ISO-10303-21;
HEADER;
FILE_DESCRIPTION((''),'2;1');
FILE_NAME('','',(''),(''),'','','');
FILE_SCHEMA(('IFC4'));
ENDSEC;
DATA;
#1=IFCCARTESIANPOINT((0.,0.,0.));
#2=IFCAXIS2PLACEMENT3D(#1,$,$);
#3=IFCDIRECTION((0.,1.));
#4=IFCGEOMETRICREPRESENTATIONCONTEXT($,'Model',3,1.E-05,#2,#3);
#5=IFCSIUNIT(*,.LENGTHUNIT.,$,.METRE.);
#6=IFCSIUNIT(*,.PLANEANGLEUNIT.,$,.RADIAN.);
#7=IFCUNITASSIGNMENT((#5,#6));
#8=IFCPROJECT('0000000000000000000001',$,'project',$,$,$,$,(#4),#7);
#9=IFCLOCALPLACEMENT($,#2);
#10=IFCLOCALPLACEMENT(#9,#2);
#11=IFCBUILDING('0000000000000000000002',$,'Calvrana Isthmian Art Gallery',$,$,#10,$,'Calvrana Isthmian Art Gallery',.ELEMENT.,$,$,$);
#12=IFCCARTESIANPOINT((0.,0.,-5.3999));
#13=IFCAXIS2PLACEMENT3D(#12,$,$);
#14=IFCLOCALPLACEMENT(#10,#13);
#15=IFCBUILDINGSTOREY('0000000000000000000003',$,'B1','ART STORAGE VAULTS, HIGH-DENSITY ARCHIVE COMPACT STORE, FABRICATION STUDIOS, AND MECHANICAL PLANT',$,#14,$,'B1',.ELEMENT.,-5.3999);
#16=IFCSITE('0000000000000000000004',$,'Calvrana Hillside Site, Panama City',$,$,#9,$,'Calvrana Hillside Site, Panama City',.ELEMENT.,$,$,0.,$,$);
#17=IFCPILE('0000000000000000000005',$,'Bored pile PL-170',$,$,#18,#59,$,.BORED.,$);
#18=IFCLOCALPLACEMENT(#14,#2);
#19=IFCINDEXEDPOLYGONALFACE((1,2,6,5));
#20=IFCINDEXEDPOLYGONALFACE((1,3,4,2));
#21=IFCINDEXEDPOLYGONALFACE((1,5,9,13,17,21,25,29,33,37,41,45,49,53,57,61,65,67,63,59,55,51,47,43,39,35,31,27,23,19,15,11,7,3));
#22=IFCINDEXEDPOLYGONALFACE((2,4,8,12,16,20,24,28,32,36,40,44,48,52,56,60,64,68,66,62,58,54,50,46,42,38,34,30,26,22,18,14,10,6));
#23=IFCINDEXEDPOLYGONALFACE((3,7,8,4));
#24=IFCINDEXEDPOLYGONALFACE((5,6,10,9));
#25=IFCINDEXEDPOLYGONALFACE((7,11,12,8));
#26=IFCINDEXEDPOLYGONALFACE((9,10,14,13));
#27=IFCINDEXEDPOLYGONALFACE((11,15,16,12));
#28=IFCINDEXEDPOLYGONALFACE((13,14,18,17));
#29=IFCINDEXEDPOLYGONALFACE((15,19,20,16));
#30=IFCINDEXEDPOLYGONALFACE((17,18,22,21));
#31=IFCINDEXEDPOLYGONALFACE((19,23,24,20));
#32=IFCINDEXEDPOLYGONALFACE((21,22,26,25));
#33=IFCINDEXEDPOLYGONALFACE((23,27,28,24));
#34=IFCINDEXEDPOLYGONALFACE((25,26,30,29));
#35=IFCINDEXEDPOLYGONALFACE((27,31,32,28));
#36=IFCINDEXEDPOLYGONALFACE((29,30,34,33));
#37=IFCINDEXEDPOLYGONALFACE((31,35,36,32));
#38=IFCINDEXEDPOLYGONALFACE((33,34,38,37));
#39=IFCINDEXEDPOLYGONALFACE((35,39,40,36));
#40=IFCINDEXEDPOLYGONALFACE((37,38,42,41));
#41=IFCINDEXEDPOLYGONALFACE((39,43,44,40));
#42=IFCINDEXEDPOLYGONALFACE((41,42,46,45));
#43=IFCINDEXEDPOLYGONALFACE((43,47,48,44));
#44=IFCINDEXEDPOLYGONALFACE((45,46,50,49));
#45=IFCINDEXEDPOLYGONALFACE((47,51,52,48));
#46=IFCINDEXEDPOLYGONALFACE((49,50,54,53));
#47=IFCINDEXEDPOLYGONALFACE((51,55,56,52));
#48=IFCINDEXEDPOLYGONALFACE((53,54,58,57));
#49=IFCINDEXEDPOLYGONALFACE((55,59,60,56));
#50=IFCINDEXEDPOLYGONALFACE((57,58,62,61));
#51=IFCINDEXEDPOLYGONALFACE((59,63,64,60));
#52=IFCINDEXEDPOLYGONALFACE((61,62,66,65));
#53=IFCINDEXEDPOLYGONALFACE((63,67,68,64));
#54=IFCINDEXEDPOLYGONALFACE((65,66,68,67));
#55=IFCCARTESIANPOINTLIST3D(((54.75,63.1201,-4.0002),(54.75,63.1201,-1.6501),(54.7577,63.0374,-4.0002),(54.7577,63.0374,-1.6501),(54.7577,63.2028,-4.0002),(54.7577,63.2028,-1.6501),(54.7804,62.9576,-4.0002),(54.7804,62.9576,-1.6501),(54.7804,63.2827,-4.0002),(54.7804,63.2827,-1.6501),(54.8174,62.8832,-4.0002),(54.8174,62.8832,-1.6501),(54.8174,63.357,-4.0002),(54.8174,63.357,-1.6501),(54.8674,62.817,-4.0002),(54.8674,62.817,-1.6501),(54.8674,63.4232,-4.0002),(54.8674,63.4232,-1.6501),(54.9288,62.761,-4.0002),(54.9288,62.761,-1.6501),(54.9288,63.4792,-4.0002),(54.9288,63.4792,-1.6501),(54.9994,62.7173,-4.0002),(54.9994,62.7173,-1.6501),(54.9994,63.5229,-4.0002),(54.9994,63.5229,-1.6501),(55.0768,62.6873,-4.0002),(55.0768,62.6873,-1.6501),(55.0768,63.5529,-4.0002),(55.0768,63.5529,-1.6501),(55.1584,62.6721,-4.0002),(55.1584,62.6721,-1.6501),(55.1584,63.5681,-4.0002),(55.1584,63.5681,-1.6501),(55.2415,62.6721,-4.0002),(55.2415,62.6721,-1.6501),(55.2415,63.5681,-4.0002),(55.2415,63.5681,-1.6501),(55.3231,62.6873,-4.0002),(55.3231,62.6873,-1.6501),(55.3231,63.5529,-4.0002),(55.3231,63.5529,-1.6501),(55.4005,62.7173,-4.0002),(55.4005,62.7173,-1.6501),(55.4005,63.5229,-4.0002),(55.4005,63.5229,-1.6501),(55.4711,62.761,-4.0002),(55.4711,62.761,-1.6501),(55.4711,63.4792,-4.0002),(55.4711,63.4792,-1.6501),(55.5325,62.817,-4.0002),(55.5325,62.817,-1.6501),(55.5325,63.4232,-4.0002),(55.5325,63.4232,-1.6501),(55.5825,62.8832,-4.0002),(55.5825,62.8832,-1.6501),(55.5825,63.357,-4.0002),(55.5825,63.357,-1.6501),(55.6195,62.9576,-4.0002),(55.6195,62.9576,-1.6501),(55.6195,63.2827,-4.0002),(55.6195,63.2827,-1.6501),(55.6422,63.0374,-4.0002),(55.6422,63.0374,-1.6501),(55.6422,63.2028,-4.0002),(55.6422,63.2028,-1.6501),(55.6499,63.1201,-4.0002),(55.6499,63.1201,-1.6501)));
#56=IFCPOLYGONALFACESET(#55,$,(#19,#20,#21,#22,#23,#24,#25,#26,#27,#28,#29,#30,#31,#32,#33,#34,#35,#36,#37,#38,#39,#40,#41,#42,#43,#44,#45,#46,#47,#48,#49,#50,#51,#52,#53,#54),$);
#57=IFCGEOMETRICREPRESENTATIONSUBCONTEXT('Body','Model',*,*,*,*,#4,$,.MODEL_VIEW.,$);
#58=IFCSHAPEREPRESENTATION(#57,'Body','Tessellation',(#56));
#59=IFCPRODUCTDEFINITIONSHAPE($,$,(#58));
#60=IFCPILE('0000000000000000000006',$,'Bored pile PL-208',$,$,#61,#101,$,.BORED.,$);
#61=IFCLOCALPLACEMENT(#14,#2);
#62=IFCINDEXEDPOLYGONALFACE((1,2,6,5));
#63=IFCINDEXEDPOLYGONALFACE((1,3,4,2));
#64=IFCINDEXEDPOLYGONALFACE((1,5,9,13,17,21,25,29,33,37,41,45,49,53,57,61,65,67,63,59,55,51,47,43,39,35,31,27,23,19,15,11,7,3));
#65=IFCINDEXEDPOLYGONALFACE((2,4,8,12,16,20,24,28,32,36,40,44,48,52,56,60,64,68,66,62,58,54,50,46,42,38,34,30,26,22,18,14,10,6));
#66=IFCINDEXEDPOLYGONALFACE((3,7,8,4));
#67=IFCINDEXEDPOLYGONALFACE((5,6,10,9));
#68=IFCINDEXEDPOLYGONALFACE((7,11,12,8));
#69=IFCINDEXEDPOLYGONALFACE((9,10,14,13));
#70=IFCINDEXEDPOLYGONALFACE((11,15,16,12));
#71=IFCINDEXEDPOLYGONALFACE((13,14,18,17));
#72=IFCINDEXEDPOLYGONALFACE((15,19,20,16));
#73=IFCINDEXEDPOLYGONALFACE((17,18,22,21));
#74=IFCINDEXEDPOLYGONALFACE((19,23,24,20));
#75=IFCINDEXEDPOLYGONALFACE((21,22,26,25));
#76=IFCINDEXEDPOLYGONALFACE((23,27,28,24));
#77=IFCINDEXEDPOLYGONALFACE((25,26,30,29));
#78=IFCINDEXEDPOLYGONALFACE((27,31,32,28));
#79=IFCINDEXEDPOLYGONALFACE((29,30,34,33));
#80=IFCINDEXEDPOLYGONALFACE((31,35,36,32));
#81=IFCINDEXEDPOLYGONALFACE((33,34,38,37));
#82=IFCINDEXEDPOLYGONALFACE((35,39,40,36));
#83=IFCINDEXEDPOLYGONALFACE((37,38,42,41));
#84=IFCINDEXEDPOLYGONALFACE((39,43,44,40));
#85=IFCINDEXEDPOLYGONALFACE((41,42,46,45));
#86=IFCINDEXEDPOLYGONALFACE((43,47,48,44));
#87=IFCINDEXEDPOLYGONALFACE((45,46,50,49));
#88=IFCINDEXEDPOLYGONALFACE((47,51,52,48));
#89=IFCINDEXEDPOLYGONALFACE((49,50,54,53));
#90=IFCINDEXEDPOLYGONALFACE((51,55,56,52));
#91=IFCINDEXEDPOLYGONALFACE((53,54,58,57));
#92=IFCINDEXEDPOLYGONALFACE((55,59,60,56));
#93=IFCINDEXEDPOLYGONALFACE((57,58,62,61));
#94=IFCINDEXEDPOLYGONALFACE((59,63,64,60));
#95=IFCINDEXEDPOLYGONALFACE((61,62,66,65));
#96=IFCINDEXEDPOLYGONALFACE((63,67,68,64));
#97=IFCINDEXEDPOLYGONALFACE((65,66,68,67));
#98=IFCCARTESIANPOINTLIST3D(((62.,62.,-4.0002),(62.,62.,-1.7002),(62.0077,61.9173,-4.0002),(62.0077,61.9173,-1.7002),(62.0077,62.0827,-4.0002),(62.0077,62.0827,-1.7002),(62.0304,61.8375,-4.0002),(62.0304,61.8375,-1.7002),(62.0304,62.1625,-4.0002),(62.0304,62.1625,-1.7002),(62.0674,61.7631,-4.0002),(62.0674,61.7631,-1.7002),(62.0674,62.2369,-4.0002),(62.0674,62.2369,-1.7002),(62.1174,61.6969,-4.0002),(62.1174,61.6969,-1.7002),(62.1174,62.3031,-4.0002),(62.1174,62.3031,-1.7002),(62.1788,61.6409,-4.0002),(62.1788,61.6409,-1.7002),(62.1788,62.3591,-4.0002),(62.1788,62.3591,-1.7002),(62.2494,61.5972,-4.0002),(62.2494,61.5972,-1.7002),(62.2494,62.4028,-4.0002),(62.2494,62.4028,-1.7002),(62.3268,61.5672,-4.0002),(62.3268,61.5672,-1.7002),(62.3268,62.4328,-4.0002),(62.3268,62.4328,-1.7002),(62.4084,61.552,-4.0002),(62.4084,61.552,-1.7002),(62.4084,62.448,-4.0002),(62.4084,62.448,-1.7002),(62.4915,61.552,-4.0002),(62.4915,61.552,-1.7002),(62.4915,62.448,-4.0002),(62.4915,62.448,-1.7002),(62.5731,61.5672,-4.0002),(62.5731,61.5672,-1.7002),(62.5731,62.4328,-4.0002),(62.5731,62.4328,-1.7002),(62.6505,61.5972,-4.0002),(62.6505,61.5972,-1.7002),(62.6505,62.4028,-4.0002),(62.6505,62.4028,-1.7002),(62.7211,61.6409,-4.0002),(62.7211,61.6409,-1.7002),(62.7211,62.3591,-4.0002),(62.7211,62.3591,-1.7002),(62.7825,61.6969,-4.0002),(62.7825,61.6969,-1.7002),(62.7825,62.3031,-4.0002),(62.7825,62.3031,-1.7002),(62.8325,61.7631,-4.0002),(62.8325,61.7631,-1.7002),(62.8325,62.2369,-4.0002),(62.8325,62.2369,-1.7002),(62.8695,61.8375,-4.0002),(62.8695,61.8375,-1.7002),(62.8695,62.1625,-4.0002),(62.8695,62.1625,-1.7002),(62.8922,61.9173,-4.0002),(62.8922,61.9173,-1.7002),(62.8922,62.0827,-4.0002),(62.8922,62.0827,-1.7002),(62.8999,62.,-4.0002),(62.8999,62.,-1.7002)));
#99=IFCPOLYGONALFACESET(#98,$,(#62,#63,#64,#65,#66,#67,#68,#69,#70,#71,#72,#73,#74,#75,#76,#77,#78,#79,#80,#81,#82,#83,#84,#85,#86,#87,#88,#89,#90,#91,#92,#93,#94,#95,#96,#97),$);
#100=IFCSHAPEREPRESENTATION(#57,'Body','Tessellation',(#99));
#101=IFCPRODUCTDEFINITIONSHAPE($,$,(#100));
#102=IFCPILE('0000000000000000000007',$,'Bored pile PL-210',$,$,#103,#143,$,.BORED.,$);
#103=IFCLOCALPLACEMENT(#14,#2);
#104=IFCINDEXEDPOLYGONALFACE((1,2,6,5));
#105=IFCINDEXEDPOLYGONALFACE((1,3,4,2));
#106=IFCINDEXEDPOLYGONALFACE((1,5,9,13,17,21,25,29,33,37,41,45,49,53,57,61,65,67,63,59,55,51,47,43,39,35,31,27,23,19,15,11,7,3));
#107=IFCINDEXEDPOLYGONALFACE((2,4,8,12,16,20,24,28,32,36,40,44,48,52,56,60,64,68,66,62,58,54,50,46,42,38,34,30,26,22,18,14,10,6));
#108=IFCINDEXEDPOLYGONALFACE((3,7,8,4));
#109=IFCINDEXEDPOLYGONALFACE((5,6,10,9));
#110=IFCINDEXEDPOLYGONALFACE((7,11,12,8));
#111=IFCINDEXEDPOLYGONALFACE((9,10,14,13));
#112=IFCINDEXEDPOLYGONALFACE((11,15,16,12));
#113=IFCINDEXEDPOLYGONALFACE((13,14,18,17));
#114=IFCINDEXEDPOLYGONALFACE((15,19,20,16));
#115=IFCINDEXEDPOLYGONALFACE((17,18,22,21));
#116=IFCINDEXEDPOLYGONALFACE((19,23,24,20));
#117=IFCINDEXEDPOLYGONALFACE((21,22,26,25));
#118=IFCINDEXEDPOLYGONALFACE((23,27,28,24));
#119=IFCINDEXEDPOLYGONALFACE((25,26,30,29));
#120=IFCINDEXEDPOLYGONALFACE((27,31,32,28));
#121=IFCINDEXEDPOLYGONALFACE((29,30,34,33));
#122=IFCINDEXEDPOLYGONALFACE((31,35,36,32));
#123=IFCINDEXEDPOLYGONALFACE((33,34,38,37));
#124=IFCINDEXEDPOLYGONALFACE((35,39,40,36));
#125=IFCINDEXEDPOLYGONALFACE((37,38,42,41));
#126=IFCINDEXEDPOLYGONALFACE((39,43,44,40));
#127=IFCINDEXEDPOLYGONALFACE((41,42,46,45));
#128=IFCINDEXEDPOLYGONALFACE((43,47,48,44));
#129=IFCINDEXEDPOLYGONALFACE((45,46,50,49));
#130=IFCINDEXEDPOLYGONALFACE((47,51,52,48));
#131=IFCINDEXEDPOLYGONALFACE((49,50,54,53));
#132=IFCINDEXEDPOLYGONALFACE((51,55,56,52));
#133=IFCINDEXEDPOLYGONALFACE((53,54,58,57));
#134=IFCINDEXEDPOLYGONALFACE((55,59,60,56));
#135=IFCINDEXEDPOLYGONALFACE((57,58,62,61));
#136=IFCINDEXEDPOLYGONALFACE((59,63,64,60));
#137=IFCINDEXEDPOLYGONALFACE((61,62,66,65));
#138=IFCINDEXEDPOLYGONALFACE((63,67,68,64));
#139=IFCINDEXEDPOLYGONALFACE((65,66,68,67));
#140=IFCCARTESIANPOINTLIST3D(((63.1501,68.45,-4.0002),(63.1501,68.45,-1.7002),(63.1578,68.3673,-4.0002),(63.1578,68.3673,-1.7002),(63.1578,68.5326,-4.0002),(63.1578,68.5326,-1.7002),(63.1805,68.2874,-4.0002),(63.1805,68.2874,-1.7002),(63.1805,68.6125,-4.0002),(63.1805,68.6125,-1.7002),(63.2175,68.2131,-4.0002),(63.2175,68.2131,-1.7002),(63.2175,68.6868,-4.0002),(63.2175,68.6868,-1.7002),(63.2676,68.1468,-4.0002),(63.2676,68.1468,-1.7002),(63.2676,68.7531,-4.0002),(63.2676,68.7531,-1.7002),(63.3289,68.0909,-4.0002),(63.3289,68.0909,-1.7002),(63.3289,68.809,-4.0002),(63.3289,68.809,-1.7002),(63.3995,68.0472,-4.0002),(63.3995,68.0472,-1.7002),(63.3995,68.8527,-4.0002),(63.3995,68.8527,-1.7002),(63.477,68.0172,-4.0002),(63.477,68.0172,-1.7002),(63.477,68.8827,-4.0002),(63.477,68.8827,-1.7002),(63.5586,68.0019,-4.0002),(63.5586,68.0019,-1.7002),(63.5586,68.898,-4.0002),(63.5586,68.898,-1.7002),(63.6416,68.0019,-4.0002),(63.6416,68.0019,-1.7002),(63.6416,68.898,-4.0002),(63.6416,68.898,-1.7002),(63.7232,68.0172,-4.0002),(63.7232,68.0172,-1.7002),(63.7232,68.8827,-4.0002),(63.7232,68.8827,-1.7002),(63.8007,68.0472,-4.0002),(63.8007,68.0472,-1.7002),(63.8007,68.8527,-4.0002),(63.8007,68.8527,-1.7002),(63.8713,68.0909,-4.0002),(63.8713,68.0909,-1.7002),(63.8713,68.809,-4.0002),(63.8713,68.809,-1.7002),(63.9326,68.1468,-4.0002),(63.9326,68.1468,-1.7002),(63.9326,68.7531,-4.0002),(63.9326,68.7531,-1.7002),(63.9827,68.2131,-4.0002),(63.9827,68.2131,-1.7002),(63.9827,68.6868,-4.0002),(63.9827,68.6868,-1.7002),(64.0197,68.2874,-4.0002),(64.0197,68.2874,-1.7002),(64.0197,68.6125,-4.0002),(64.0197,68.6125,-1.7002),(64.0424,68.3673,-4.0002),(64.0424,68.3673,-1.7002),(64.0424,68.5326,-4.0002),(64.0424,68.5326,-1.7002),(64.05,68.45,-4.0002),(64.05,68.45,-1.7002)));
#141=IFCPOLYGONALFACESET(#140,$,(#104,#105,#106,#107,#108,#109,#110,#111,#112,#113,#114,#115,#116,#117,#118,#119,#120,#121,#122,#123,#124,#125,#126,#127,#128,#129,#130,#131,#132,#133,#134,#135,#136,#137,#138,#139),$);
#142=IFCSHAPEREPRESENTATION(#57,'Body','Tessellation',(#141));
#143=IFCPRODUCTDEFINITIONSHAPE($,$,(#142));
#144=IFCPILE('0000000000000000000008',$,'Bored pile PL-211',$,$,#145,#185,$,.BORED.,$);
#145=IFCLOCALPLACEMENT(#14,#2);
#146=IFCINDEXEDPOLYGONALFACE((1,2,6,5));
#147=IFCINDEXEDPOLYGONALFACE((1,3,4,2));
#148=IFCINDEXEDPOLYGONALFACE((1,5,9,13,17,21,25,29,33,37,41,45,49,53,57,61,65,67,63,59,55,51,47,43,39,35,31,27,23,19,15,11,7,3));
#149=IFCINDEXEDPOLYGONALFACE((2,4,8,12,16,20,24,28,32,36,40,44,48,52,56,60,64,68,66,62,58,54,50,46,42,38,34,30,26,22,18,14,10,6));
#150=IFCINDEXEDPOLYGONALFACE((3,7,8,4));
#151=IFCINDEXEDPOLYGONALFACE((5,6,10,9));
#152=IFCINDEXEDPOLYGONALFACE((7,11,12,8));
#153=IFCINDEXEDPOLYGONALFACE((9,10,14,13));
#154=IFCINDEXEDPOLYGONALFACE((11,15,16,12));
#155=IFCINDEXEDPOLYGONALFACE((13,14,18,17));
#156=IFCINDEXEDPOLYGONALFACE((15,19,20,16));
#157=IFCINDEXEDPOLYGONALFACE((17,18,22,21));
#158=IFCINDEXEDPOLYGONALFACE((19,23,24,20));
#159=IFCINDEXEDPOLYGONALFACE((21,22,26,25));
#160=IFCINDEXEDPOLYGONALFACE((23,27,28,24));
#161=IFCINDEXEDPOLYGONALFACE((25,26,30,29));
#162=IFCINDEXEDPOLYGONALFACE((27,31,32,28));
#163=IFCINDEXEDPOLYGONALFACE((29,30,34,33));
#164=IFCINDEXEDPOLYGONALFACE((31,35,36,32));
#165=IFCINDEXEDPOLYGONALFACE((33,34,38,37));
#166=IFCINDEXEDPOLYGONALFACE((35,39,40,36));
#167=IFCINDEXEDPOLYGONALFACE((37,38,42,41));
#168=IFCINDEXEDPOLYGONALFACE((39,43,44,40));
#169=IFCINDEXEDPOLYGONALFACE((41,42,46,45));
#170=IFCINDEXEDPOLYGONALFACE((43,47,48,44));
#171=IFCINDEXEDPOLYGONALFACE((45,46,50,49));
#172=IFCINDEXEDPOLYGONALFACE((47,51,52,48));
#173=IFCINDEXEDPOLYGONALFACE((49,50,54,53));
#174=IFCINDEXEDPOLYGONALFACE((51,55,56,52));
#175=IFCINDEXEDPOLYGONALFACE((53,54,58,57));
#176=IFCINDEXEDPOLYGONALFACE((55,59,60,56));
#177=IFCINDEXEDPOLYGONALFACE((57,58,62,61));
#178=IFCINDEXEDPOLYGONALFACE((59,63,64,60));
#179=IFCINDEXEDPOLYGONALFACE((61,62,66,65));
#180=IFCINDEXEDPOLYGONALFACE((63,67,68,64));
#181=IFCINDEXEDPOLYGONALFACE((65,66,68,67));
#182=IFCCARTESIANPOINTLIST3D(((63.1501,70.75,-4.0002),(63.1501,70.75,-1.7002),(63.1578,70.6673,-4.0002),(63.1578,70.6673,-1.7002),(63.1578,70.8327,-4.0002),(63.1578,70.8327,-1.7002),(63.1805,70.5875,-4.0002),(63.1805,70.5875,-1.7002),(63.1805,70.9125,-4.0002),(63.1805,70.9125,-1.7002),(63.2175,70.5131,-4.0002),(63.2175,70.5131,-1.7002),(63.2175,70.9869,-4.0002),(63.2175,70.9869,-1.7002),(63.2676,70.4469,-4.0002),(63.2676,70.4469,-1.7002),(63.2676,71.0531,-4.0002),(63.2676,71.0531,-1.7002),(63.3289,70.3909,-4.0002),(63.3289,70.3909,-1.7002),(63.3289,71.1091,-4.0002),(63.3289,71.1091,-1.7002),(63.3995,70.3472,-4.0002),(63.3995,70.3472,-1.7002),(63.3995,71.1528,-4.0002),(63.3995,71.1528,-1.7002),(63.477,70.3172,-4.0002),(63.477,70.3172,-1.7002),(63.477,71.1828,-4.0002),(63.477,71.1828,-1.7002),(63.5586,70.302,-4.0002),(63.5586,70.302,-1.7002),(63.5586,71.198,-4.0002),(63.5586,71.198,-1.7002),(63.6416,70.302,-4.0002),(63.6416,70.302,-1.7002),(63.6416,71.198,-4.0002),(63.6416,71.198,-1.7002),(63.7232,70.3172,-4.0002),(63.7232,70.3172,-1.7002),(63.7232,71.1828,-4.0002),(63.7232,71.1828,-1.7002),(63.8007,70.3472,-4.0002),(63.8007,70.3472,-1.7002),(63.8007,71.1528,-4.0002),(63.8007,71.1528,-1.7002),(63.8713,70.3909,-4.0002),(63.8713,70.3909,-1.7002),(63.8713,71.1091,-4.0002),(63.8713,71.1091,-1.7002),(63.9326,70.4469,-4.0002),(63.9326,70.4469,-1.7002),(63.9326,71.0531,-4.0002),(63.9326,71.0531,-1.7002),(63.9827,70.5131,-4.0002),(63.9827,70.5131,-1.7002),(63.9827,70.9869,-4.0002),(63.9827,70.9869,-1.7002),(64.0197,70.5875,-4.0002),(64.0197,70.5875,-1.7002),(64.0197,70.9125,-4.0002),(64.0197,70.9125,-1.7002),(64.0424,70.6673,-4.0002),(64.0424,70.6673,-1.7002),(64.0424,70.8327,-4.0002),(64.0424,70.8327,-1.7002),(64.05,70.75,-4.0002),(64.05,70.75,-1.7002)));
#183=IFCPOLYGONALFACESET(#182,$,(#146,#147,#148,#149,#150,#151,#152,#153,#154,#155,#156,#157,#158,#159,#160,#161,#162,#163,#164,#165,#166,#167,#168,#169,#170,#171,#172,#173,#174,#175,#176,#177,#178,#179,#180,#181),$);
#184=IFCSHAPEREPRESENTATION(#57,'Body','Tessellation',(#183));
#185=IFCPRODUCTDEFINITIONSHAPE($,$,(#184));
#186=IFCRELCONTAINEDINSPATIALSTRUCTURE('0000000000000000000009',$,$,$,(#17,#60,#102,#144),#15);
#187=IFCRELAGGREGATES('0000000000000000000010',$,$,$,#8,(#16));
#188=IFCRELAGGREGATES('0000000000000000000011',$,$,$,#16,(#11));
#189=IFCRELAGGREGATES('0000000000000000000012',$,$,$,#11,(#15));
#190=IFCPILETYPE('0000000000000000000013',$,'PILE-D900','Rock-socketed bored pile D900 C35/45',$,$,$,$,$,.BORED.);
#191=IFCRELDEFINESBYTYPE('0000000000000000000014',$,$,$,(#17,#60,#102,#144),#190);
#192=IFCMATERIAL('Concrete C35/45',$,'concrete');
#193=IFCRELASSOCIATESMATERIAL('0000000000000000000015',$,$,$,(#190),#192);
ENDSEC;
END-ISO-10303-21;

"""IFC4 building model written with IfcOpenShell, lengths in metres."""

from ifc_helpers import new_model, si_unit, direction, frame, origin, origin_2d, place, context, subcontext, project, spatial, circle, extrude, material, material_profile, profile_set, type_object, element, save


model = new_model("IFC4")

# Units and contexts
model_context = context("Model", 3, precision=1e-05, world=origin(), true_north=direction((0.0, 1.0)))
body_context = subcontext(model_context, "Body", "Model", "MODEL_VIEW")
ifc_project = project(units=[si_unit("LENGTHUNIT", "METRE"), si_unit("PLANEANGLEUNIT", "RADIAN")], contexts=[model_context])

# Site, building, storey
site_placement = place(None, origin())
site = spatial("IfcSite", under=ifc_project, at=site_placement, Name="Calvrana Hillside Site, Panama City", LongName="Calvrana Hillside Site, Panama City", CompositionType="ELEMENT", RefElevation=0.0)
building_placement = place(site_placement, origin())
building = spatial("IfcBuilding", under=site, at=building_placement, Name="Calvrana Isthmian Art Gallery", LongName="Calvrana Isthmian Art Gallery", CompositionType="ELEMENT")
storey_placement = place(building_placement, frame((0.0, 0.0, -5.3999)))
storey = spatial("IfcBuildingStorey", under=building, at=storey_placement, Name="B1", Description="ART STORAGE VAULTS, HIGH-DENSITY ARCHIVE COMPACT STORE, FABRICATION STUDIOS, AND MECHANICAL PLANT", LongName="B1", CompositionType="ELEMENT", Elevation=-5.3999)

# Shared definitions
ifc_material_1 = material(Name="Concrete C35/45", Category="concrete")

# Piles
ifc_material_profile_1 = material_profile(ifc_material_1, circle(Radius=0.45, at=origin_2d()), Name="PILE900D")
ifc_profile_set_1 = profile_set([ifc_material_profile_1], Name="Concrete C35/45")
pile_type_1 = type_object("IfcPileType", Name="PILE-D900", Description="Rock-socketed bored pile D900 C35/45", PredefinedType="BORED", material=ifc_profile_set_1)
pile_1_placement = place(storey_placement, frame((55.2, 63.1201, -1.6501), z_axis=(0.0, 0.0, -1.0), x_axis=(1.0, 0.0, 0.0)))
element("IfcPile", 1, at=pile_1_placement, inside=storey, type_object=pile_type_1, Name="Bored pile PL-170", PredefinedType="BORED", context=body_context, shape_type="SweptSolid", body=[
    extrude(circle(Radius=0.45, at=origin_2d()), origin(), (0.0, 0.0, 1.0), 2.3501),
])
for number, where, z_axis, x_axis, name in (
    (2, (62.45, 62.0, -1.7002), (0.0, 0.0, -1.0), (1.0, 0.0, 0.0), "Bored pile PL-208"),
    (3, (63.6001, 68.45, -1.7002), (0.0, 0.0, -1.0), (1.0, 0.0, 0.0), "Bored pile PL-210"),
    (4, (63.6001, 70.75, -1.7002), (0.0, 0.0, -1.0), (1.0, 0.0, 0.0), "Bored pile PL-211"),
):
    element("IfcPile", number, at=place(storey_placement, frame(where, z_axis=z_axis, x_axis=x_axis)), inside=storey, type_object=pile_type_1, Name=name, PredefinedType="BORED", context=body_context, shape_type="SweptSolid", body=[
        extrude(circle(Radius=0.45, at=origin_2d()), origin(), (0.0, 0.0, 1.0), 2.3),
    ])

save(model, "model.ifc")
